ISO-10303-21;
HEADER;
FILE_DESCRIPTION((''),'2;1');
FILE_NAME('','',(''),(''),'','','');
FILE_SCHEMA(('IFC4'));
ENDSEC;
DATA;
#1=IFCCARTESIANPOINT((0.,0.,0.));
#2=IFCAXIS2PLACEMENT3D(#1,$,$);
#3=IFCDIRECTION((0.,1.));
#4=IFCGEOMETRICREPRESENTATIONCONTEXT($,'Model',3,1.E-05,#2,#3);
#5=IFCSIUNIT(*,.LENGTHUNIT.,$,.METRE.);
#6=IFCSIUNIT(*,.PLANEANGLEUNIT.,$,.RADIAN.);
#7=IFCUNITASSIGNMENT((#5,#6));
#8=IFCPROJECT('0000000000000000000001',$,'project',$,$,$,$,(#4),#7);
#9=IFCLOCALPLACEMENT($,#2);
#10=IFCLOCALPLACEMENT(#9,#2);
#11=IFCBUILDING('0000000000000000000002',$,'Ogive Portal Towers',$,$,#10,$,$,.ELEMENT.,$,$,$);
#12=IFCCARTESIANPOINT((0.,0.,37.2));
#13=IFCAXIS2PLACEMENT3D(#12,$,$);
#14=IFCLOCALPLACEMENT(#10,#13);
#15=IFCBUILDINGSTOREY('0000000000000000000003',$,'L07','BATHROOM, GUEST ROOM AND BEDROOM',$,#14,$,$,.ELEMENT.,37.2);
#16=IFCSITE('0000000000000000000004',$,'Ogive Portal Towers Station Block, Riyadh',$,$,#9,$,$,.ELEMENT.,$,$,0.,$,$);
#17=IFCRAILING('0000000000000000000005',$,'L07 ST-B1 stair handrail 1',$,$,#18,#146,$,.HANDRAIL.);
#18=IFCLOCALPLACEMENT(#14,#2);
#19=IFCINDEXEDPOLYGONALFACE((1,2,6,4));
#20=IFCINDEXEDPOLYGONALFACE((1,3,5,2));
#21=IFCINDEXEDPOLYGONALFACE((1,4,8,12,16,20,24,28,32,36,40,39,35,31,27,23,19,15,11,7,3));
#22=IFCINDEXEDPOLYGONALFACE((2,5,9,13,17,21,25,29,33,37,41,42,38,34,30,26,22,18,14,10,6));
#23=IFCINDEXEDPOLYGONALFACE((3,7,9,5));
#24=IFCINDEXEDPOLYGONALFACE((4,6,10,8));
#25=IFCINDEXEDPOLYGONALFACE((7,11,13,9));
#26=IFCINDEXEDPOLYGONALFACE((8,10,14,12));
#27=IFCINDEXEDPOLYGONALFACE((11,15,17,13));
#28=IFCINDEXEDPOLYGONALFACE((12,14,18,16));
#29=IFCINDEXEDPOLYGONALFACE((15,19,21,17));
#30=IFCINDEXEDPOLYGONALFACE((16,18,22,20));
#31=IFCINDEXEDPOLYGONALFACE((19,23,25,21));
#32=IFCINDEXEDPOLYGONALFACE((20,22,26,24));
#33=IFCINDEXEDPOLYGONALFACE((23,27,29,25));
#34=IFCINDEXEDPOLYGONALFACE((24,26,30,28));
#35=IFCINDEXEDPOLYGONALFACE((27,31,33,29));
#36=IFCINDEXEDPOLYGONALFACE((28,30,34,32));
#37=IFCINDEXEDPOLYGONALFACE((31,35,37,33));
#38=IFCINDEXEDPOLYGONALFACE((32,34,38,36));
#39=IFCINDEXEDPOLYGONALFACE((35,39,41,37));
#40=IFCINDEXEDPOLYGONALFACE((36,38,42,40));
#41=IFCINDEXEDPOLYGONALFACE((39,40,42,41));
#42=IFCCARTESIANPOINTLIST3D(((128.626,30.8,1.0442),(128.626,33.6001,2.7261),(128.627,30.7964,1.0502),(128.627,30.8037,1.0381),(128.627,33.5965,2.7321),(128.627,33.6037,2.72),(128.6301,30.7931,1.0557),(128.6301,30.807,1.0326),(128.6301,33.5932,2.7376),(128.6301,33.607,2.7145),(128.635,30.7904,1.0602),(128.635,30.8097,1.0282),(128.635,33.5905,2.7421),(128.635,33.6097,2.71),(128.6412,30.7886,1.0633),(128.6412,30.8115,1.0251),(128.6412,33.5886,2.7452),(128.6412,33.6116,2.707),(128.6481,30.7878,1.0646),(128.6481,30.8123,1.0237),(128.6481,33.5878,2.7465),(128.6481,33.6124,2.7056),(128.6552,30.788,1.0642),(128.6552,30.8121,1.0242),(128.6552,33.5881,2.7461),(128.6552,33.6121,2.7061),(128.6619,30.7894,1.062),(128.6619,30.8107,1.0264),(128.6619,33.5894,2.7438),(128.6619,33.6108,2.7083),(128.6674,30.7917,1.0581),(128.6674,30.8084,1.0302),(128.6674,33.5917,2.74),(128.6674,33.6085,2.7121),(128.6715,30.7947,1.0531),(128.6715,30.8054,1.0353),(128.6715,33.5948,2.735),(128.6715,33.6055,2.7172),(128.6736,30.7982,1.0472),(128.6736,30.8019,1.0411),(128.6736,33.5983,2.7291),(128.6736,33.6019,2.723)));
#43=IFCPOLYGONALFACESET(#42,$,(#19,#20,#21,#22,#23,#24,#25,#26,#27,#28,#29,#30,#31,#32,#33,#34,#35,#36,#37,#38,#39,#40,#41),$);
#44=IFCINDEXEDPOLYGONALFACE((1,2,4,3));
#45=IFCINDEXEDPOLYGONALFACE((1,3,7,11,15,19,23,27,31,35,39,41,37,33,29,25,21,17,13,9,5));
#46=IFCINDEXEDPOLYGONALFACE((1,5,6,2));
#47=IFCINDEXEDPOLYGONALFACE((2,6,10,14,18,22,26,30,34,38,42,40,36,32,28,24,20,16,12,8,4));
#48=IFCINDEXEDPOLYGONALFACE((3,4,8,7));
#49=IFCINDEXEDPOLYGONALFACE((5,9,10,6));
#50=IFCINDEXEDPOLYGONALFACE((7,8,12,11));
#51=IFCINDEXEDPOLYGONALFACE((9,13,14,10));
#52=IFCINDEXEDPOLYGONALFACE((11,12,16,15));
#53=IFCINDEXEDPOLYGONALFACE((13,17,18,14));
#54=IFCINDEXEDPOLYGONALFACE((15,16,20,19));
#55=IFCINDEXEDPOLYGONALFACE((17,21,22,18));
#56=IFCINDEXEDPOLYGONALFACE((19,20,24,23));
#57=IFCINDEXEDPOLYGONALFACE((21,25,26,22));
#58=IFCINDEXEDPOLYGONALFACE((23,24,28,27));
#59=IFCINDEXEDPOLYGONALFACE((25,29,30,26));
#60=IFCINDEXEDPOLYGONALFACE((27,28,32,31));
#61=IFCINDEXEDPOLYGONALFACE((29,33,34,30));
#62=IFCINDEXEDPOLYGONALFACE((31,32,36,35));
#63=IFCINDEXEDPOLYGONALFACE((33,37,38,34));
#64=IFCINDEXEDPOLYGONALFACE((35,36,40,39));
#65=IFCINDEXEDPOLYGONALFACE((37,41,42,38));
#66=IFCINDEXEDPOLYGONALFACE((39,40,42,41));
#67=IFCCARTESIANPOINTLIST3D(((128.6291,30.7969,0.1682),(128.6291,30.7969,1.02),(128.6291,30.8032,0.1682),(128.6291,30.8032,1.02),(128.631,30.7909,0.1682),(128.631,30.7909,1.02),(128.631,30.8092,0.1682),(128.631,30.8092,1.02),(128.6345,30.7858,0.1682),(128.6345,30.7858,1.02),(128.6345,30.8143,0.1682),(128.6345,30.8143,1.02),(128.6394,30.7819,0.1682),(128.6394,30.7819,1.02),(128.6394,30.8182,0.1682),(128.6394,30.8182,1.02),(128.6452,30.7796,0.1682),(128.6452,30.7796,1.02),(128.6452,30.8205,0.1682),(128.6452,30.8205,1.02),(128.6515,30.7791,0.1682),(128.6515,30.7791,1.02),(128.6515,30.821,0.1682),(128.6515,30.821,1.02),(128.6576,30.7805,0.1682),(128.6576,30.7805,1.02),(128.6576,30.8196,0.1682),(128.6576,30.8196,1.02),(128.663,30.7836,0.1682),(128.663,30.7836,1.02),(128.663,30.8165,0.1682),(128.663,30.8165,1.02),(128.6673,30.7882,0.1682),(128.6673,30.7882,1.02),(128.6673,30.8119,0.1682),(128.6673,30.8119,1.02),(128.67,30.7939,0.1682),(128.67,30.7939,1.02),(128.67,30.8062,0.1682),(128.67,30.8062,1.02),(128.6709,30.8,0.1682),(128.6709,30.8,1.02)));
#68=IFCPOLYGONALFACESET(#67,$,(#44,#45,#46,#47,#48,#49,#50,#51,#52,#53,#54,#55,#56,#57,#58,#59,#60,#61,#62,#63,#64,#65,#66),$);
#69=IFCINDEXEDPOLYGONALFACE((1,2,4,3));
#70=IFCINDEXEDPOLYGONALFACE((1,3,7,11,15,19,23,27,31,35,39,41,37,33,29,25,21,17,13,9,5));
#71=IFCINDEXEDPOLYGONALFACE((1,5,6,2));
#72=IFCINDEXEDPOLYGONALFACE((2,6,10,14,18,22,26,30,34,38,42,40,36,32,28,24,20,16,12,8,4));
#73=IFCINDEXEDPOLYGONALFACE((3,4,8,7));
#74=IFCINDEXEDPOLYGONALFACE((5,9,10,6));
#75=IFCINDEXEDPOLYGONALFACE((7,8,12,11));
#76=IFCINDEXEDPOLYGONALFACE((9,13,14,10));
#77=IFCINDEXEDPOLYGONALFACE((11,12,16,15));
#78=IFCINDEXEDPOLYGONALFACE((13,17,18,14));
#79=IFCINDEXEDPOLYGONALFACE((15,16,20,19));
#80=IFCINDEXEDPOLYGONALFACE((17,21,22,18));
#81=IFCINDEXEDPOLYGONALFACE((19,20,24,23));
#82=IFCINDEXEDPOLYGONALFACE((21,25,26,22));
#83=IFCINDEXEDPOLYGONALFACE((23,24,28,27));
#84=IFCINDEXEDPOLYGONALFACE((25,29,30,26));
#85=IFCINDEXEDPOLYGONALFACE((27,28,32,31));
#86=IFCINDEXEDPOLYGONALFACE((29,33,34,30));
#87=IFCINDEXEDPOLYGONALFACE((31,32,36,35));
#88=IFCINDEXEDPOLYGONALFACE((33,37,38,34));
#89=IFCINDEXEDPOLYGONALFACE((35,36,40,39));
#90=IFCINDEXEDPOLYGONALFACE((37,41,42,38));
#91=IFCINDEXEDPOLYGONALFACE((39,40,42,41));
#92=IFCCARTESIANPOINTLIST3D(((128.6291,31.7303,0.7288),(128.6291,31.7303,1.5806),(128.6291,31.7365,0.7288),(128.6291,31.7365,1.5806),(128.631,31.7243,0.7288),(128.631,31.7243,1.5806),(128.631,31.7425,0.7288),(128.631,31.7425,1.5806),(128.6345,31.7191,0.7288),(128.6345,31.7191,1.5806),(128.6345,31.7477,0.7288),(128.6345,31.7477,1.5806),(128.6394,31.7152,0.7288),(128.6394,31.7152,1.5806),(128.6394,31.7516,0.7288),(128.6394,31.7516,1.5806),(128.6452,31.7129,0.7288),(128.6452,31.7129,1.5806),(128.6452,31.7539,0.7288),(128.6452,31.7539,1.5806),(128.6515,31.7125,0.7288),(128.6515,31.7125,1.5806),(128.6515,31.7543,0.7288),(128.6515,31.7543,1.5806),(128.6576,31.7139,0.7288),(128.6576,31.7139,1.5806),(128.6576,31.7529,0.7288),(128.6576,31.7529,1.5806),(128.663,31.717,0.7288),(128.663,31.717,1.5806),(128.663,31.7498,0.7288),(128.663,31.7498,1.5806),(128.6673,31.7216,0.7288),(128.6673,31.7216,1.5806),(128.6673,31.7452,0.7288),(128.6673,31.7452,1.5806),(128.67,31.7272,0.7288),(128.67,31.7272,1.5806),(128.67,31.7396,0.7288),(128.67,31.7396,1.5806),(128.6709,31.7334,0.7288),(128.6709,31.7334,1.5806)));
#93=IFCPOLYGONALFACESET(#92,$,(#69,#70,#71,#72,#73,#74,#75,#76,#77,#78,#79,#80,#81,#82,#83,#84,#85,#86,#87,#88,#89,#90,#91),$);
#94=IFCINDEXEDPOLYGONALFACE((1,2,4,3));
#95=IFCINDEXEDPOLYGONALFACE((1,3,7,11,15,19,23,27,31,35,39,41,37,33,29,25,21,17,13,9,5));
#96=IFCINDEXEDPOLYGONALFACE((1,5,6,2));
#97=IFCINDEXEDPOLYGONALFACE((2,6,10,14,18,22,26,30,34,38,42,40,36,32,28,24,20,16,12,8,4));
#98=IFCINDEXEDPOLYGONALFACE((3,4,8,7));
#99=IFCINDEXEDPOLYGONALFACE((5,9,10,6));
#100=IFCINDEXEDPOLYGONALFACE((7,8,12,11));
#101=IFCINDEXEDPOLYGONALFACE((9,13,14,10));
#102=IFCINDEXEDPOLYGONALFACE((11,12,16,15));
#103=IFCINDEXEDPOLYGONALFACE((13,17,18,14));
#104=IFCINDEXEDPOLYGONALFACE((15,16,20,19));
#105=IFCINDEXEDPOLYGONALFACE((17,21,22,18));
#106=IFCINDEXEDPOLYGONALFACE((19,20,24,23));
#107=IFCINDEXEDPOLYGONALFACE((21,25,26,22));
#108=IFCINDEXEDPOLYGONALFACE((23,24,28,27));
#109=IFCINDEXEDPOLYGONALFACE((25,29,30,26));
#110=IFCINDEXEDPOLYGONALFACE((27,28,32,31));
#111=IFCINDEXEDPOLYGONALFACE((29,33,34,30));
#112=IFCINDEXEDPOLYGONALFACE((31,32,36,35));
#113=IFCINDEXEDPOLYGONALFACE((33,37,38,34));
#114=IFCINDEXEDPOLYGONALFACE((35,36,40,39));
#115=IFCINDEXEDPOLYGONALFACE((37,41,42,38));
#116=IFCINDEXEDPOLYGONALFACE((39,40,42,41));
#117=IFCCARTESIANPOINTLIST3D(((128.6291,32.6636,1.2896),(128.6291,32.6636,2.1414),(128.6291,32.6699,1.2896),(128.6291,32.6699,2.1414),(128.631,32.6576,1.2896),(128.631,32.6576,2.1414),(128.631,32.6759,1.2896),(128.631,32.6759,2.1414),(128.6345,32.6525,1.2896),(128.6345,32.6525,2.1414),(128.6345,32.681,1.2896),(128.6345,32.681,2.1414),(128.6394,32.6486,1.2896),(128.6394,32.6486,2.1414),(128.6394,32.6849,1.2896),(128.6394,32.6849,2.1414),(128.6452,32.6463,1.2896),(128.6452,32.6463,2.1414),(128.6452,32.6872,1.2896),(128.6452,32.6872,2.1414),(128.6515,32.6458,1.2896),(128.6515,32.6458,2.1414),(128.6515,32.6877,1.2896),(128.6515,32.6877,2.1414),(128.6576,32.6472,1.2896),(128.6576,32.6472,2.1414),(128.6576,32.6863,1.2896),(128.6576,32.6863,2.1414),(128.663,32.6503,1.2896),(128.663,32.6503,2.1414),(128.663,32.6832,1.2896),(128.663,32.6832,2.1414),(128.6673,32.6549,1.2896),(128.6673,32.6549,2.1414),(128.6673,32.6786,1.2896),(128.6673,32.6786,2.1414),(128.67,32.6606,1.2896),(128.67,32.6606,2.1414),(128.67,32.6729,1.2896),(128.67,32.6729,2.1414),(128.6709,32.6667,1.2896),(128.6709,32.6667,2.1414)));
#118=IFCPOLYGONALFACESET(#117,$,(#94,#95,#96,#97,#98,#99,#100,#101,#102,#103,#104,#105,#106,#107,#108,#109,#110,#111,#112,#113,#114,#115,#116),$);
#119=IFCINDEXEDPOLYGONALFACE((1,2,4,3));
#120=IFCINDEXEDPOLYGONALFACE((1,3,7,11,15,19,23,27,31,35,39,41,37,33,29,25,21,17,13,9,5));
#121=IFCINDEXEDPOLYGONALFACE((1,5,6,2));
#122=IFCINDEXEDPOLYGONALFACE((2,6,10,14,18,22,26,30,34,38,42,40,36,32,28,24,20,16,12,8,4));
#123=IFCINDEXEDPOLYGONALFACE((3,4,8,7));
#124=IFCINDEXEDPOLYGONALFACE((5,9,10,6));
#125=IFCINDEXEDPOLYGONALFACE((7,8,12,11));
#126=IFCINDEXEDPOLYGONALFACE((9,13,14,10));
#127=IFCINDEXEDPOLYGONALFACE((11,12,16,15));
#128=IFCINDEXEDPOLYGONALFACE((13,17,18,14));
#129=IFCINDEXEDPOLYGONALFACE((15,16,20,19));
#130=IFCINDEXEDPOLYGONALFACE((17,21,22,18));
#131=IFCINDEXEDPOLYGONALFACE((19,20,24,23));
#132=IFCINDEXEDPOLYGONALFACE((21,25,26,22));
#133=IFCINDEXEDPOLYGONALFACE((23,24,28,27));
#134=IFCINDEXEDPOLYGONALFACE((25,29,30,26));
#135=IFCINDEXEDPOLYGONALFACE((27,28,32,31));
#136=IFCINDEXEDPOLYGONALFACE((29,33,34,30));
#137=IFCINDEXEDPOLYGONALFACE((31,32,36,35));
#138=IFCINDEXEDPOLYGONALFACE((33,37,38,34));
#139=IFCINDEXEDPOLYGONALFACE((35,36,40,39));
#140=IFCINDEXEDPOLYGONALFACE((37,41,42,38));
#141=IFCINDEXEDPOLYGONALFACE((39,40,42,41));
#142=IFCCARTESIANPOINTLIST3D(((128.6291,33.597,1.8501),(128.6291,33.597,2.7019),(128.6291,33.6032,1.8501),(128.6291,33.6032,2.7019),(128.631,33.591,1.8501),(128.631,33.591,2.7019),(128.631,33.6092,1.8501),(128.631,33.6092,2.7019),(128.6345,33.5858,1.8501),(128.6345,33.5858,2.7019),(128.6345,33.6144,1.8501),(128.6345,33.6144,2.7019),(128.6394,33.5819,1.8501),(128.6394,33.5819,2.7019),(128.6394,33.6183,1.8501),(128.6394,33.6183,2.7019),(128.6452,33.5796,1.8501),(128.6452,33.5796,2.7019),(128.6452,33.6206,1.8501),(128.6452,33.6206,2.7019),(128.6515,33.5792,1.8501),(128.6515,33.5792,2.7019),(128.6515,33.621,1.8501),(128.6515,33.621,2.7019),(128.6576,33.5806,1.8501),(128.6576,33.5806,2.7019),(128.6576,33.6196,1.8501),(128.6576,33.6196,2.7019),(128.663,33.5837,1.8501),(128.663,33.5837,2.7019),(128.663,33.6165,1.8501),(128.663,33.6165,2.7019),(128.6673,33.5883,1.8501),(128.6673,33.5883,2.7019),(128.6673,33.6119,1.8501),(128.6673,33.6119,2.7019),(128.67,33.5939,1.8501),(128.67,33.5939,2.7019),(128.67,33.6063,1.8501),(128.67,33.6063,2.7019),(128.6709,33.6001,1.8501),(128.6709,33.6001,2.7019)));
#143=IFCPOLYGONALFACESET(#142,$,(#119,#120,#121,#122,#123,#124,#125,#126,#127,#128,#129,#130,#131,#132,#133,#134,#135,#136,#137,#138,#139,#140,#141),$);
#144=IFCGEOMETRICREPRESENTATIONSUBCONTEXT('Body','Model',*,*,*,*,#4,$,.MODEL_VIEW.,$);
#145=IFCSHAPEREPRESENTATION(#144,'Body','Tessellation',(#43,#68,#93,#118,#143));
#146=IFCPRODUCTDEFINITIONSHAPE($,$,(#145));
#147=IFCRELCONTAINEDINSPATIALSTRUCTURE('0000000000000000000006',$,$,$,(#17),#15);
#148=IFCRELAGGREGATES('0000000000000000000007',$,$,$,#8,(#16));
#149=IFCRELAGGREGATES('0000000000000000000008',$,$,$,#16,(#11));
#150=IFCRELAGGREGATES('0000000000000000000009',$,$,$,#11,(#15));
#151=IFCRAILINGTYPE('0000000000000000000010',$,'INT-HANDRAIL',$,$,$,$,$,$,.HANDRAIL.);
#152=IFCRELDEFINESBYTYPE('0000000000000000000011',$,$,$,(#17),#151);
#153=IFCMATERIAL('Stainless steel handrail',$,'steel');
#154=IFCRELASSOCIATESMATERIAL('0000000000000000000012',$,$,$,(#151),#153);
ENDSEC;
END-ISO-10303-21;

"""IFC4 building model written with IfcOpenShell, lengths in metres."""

from ifc_helpers import new_model, si_unit, direction, frame, origin, origin_2d, place, context, subcontext, project, spatial, circle, extrude, material, type_object, element, save


model = new_model("IFC4")

# Units and contexts
model_context = context("Model", 3, precision=1e-05, world=origin(), true_north=direction((0.0, 1.0)))
body_context = subcontext(model_context, "Body", "Model", "MODEL_VIEW")
ifc_project = project(units=[si_unit("LENGTHUNIT", "METRE"), si_unit("PLANEANGLEUNIT", "RADIAN")], contexts=[model_context])

# Site, building, storey
site_placement = place(None, origin())
site = spatial("IfcSite", under=ifc_project, at=site_placement, Name="Ogive Portal Towers Station Block, Riyadh", CompositionType="ELEMENT", RefElevation=0.0)
building_placement = place(site_placement, origin())
building = spatial("IfcBuilding", under=site, at=building_placement, Name="Ogive Portal Towers", CompositionType="ELEMENT")
storey_placement = place(building_placement, frame((0.0, 0.0, 37.2)))
storey = spatial("IfcBuildingStorey", under=building, at=storey_placement, Name="L07", Description="BATHROOM, GUEST ROOM AND BEDROOM", CompositionType="ELEMENT", Elevation=37.2)

# Railing
ifc_material_1 = material(Name="Stainless steel handrail", Category="steel")
railing_type_1 = type_object("IfcRailingType", Name="INT-HANDRAIL", PredefinedType="HANDRAIL", material=ifc_material_1)
railing_1_placement = place(storey_placement, frame((128.6499, 30.8, 0.1682)))
element("IfcRailing", 1, at=railing_1_placement, inside=storey, type_object=railing_type_1, Name="L07 ST-B1 stair handrail 1", PredefinedType="HANDRAIL", context=body_context, shape_type="SweptSolid", body=[
    extrude(circle(Radius=0.0239, at=origin_2d()), frame((0.0, 0.0, 0.876), z_axis=(0.0, 0.857242, 0.514913), x_axis=(-1.0, 0.0, 0.0)), (0.0, 0.0, 1.0), 3.2664),
    extrude(circle(Radius=0.021, at=origin_2d()), origin(), (0.0, 0.0, 1.0), 0.8518),
    extrude(circle(Radius=0.021, at=origin_2d()), frame((0.0, 0.9333, 0.5605)), (0.0, 0.0, 1.0), 0.8518),
    extrude(circle(Radius=0.021, at=origin_2d()), frame((0.0, 1.8667, 1.1213)), (0.0, 0.0, 1.0), 0.8518),
    extrude(circle(Radius=0.021, at=origin_2d()), frame((0.0, 2.8, 1.6819)), (0.0, 0.0, 1.0), 0.8518),
])

save(model, "model.ifc")
